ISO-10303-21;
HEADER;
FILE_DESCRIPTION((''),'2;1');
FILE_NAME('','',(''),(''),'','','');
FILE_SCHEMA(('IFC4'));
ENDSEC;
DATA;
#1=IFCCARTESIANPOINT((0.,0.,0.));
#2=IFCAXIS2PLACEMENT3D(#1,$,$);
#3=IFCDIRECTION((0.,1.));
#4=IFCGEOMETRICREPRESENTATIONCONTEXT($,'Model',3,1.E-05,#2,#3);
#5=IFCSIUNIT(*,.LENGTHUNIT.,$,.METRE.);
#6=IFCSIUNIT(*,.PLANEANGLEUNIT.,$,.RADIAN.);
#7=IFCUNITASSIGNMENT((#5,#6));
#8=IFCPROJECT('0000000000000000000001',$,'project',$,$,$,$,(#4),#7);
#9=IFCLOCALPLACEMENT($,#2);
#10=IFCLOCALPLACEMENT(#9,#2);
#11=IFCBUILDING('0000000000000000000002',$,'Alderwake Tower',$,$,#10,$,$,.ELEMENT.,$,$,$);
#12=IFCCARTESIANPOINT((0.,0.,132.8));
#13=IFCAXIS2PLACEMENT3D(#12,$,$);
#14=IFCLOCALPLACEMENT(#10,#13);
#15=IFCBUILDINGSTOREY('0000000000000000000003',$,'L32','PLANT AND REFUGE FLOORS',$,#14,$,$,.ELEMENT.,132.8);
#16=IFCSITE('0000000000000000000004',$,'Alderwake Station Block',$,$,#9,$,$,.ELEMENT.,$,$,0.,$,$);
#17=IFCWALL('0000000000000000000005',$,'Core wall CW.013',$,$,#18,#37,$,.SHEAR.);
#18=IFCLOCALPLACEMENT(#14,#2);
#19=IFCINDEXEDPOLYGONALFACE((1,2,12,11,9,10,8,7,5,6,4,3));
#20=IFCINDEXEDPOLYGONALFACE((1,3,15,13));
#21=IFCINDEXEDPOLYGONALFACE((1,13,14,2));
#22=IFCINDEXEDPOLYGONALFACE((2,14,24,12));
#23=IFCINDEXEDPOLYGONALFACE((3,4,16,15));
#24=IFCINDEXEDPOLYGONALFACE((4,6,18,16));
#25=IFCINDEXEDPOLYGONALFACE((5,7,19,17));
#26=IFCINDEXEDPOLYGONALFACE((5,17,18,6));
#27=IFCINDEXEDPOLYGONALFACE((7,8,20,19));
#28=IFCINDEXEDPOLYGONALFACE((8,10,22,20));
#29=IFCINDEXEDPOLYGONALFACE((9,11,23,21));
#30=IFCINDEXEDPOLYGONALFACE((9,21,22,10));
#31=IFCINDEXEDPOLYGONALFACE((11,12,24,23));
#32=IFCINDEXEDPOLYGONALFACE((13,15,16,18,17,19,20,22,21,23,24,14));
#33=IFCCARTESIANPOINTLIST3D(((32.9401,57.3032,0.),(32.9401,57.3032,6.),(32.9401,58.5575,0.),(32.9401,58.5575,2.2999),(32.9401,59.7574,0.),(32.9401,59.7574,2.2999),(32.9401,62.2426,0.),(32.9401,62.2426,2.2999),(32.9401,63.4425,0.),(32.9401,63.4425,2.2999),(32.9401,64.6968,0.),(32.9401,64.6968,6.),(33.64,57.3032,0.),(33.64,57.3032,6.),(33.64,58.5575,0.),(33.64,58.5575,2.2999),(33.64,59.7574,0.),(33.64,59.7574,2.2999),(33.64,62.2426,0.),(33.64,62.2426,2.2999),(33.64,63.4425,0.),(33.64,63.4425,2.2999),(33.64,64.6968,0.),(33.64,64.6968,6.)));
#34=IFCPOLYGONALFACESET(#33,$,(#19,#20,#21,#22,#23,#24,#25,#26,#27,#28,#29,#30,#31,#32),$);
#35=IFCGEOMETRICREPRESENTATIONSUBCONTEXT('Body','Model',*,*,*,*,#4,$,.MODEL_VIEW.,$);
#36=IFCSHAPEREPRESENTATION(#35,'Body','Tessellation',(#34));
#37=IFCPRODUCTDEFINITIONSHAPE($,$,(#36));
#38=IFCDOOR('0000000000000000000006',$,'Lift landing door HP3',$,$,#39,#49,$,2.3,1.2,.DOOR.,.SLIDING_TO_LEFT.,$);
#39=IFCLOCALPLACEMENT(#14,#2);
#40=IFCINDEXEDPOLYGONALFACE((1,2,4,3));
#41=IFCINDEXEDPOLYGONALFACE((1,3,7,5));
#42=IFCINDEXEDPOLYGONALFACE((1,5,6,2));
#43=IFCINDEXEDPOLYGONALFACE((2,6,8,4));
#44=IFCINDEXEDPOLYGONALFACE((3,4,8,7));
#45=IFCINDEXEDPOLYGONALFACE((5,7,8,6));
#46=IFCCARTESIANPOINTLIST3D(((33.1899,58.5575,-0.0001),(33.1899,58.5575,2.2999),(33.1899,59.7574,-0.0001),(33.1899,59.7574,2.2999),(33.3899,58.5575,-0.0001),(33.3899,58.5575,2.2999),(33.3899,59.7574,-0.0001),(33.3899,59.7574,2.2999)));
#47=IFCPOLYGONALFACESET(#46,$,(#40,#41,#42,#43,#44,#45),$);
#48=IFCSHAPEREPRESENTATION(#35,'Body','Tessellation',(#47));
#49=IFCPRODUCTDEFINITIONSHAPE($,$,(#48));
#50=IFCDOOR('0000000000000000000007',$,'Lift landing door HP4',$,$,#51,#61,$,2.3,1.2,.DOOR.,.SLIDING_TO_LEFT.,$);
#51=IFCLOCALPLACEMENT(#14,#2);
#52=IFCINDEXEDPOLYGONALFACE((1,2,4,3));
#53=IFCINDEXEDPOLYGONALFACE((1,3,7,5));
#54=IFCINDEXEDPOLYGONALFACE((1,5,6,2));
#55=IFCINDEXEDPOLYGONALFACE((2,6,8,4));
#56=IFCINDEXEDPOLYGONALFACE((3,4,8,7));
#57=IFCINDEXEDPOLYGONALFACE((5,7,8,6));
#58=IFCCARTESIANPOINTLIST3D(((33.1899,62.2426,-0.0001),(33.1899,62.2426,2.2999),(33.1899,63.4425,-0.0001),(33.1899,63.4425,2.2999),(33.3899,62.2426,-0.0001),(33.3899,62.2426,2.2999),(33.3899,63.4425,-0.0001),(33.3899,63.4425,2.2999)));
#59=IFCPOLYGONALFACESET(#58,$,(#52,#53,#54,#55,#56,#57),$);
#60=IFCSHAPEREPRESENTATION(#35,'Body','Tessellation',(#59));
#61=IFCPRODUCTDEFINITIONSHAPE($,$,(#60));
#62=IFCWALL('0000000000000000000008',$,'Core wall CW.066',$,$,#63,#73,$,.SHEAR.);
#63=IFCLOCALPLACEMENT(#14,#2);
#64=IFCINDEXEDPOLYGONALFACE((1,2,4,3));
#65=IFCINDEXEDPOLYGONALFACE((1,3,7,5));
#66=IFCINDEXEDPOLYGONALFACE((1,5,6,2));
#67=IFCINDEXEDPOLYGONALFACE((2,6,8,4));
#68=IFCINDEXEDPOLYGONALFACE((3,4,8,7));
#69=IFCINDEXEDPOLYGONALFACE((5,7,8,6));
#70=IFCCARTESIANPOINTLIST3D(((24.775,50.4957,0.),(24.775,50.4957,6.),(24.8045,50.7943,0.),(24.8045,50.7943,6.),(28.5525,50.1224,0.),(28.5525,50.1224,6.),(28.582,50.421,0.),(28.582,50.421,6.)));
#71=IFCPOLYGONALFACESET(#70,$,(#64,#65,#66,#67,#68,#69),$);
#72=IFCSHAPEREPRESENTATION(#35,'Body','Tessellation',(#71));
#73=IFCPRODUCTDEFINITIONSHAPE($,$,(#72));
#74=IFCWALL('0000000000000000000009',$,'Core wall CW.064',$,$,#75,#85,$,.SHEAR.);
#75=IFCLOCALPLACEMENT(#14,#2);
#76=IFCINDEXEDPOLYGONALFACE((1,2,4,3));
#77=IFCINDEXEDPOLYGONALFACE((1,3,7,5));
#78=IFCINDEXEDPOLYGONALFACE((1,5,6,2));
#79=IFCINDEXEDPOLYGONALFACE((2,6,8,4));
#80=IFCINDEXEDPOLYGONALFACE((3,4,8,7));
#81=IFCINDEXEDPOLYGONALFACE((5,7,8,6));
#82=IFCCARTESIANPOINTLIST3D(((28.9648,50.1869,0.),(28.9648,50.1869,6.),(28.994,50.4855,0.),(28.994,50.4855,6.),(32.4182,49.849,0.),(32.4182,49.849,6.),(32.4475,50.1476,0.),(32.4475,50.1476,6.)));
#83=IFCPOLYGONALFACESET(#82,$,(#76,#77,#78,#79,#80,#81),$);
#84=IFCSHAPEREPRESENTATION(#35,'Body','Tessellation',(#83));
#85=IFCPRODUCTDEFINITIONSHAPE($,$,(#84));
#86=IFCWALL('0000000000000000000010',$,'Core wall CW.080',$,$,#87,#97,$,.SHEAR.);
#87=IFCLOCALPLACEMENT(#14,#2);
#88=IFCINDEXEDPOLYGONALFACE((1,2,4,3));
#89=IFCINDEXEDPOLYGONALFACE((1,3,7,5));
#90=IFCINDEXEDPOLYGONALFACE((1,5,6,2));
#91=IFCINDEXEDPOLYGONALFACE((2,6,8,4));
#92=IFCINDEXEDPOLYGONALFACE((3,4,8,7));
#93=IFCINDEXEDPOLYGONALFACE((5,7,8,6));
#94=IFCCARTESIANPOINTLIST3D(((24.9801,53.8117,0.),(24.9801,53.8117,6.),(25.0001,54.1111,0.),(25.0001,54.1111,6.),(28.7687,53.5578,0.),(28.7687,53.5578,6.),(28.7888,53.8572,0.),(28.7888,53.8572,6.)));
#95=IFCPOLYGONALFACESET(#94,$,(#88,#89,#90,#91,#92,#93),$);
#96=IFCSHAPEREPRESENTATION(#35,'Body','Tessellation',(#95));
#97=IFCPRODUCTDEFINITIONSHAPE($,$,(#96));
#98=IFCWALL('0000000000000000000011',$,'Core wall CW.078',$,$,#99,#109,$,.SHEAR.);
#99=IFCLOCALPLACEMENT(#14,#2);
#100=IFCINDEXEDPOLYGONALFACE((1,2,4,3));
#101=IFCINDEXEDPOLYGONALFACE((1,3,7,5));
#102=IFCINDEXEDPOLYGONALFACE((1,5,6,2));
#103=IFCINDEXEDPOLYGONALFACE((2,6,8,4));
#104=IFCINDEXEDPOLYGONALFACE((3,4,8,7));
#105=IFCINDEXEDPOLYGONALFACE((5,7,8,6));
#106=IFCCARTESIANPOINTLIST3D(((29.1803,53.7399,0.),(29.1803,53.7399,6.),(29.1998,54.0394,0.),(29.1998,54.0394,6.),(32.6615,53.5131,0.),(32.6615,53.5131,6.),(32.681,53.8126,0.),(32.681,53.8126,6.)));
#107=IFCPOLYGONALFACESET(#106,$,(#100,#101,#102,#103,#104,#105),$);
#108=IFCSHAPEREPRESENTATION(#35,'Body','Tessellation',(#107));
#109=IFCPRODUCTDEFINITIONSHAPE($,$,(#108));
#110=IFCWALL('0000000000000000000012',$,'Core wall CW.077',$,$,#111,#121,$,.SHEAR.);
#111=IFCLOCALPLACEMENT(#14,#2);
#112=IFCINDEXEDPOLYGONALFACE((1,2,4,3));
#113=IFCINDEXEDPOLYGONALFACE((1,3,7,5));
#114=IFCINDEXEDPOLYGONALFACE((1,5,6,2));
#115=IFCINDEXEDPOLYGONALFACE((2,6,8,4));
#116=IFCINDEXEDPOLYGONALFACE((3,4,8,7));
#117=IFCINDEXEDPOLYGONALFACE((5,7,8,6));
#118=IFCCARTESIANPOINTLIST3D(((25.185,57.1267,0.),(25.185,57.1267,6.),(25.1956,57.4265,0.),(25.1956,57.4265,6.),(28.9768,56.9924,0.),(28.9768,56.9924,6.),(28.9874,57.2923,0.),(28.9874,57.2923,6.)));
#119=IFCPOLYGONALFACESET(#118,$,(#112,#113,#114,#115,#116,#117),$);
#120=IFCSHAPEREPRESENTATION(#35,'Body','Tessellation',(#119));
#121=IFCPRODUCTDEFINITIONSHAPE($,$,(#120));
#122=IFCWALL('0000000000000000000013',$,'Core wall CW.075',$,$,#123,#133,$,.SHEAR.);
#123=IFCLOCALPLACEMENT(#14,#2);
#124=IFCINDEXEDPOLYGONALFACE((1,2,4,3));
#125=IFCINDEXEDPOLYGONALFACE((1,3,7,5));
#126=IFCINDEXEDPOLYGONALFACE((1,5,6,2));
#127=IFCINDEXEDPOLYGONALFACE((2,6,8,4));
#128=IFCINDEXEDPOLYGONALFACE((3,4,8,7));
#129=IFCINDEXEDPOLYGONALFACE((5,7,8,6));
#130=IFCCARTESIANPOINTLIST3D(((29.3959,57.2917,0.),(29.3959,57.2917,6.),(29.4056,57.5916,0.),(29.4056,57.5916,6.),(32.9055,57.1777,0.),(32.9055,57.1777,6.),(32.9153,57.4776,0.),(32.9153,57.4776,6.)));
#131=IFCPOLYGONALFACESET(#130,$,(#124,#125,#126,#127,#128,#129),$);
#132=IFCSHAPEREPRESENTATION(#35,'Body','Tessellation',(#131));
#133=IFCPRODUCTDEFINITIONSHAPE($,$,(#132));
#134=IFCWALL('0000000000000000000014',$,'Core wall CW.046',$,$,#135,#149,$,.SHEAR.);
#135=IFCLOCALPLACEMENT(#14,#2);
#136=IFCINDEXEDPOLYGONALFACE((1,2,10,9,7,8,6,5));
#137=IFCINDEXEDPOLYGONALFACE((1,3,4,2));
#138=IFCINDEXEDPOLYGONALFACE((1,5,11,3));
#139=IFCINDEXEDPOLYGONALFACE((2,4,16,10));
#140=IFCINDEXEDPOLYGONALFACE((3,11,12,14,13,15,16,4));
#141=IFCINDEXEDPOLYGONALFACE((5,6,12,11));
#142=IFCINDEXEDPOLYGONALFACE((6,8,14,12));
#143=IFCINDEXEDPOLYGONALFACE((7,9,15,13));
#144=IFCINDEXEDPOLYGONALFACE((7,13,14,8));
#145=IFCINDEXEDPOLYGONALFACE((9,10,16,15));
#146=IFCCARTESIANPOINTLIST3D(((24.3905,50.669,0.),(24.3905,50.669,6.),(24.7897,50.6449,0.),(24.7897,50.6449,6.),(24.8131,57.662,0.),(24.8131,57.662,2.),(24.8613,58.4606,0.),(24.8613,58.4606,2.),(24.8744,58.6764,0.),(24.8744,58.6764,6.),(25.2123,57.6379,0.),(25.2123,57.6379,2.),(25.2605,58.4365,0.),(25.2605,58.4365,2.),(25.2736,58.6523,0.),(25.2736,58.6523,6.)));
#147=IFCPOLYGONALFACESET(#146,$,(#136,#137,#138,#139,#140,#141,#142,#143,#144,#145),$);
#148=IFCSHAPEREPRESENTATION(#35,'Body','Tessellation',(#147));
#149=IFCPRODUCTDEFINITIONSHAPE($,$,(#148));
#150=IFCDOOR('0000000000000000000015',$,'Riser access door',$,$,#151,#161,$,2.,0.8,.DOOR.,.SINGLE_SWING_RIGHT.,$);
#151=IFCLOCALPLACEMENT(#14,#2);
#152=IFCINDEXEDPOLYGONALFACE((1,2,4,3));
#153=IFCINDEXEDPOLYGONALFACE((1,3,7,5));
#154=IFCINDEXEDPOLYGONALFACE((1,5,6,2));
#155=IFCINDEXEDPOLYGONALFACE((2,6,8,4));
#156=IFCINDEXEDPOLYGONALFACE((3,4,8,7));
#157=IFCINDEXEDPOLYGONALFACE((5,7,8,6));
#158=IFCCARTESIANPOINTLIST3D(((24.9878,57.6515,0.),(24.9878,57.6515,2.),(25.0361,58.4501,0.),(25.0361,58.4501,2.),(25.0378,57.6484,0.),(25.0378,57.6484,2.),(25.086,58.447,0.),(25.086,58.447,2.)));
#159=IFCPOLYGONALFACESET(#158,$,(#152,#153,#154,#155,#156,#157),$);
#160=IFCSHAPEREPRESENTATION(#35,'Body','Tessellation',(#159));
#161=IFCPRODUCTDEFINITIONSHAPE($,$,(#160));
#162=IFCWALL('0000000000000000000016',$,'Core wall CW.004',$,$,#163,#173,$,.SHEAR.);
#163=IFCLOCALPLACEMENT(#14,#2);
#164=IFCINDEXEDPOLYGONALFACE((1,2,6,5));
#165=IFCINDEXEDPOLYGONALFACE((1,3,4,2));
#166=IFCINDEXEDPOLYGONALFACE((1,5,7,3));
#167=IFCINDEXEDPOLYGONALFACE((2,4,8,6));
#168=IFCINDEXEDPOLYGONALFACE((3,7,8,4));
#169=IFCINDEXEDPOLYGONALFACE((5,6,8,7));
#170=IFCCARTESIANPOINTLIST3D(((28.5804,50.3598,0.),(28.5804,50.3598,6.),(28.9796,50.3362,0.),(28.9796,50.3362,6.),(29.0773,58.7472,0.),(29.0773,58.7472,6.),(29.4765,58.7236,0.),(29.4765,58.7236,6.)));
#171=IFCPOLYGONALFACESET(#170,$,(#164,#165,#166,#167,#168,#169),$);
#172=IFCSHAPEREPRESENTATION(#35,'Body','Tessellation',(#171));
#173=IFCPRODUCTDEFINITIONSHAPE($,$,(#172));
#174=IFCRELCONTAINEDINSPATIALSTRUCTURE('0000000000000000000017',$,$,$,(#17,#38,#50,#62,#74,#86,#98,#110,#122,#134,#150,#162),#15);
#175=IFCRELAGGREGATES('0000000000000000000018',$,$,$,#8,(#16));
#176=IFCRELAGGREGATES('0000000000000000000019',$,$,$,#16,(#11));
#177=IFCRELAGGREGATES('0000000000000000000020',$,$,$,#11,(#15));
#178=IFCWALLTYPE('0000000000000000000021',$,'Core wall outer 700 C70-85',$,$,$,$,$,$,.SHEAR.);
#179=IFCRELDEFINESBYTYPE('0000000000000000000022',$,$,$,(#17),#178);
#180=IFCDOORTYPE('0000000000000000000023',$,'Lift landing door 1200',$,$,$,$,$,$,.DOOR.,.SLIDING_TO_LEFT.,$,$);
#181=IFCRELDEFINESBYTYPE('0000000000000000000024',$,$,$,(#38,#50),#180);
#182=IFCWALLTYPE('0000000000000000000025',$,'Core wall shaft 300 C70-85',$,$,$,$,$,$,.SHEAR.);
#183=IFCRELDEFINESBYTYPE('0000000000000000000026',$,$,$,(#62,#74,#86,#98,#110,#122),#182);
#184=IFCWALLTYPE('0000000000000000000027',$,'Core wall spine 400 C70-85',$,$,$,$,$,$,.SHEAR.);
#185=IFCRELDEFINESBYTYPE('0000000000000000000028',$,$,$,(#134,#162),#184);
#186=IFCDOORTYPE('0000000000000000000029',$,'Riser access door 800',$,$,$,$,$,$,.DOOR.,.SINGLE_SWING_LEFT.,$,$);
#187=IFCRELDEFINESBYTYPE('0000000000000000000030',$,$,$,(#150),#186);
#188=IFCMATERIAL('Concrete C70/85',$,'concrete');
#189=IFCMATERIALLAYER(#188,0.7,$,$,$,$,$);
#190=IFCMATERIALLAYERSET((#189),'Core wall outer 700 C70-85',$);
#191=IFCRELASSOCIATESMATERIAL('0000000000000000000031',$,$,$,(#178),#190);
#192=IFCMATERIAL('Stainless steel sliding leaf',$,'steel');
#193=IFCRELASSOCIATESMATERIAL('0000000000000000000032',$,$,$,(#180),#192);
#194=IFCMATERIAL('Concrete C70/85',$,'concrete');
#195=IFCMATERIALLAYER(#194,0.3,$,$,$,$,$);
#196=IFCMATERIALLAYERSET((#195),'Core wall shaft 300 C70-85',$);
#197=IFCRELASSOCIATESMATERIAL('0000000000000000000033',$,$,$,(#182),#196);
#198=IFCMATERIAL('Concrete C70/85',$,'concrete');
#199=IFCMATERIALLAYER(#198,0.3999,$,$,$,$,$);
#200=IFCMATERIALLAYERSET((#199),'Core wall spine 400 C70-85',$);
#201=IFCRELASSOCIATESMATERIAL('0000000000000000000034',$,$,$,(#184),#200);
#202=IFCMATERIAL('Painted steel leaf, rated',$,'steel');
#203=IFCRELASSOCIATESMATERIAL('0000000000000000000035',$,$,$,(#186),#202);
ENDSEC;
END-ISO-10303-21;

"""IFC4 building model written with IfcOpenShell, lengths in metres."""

from ifc_helpers import new_model, si_unit, direction, frame, frame_2d, origin, place, context, subcontext, project, spatial, rectangle, extrude, material, layer, layer_set, type_object, element, fill, save


model = new_model("IFC4")

# Units and contexts
model_context = context("Model", 3, precision=1e-05, world=origin(), true_north=direction((0.0, 1.0)))
body_context = subcontext(model_context, "Body", "Model", "MODEL_VIEW")
ifc_project = project(units=[si_unit("LENGTHUNIT", "METRE"), si_unit("PLANEANGLEUNIT", "RADIAN")], contexts=[model_context])

# Site, building, storey
site_placement = place(None, origin())
site = spatial("IfcSite", under=ifc_project, at=site_placement, Name="Alderwake Station Block", CompositionType="ELEMENT", RefElevation=0.0)
building_placement = place(site_placement, origin())
building = spatial("IfcBuilding", under=site, at=building_placement, Name="Alderwake Tower", CompositionType="ELEMENT")
storey_placement = place(building_placement, frame((0.0, 0.0, 132.8)))
storey = spatial("IfcBuildingStorey", under=building, at=storey_placement, Name="L32", Description="PLANT AND REFUGE FLOORS", CompositionType="ELEMENT", Elevation=132.8)

# Wall, openings, doors
ifc_material_1 = material(Name="Concrete C70/85", Category="concrete")
ifc_layer_1 = layer(ifc_material_1, 0.7)
ifc_layer_set_1 = layer_set([ifc_layer_1], Name="Core wall outer 700 C70-85")
wall_type_1 = type_object("IfcWallType", Name="Core wall outer 700 C70-85", PredefinedType="SHEAR", material=ifc_layer_set_1)
ifc_material_2 = material(Name="Stainless steel sliding leaf", Category="steel")
door_type_1 = type_object("IfcDoorType", Name="Lift landing door 1200", OperationType="SLIDING_TO_LEFT", PredefinedType="DOOR", material=ifc_material_2)
wall_1_placement = place(storey_placement, frame((33.29, 57.3032, 0.0), z_axis=(0.0, 0.0, 1.0), x_axis=(0.0, 1.0, 0.0)))
wall_1 = element("IfcWall", 1, at=wall_1_placement, inside=storey, type_object=wall_type_1, Name="Core wall CW.013", PredefinedType="SHEAR", context=body_context, shape_type="SweptSolid", body=[
    extrude(rectangle(XDim=7.3936, YDim=0.7, at=frame_2d((3.6968, 0.0))), origin(), (0.0, 0.0, 1.0), 6.0),
])
opening_1_placement = place(wall_1_placement, frame((1.2542, 0.0, 0.0)))
opening_1 = element("IfcOpeningElement", 2, at=opening_1_placement, cuts=wall_1, PredefinedType="OPENING", context=body_context, shape_type="SweptSolid", body=[
    extrude(rectangle(XDim=1.2, YDim=2.3, at=frame_2d((0.6001, 1.1499))), frame((0.0, 0.3599, 0.0), z_axis=(0.0, -1.0, 0.0), x_axis=(1.0, 0.0, 0.0)), (0.0, 0.0, 1.0), 0.72),
])
opening_2_placement = place(wall_1_placement, frame((4.9392, 0.0, 0.0)))
opening_2 = element("IfcOpeningElement", 3, at=opening_2_placement, cuts=wall_1, PredefinedType="OPENING", context=body_context, shape_type="SweptSolid", body=[
    extrude(rectangle(XDim=1.2, YDim=2.3, at=frame_2d((0.6001, 1.1499))), frame((0.0, 0.3599, 0.0), z_axis=(0.0, -1.0, 0.0), x_axis=(1.0, 0.0, 0.0)), (0.0, 0.0, 1.0), 0.72),
])
door_1_placement = place(opening_1_placement, origin())
door_1 = element("IfcDoor", 4, at=door_1_placement, inside=storey, type_object=door_type_1, Name="Lift landing door HP3", OperationType="SLIDING_TO_LEFT", OverallHeight=2.3, OverallWidth=1.2, PredefinedType="DOOR", context=body_context, shape_type="SweptSolid", body=[
    extrude(rectangle(XDim=1.2, YDim=2.3, at=frame_2d((0.6001, 1.1499))), frame((0.0, 0.1001, 0.0), z_axis=(0.0, -1.0, 0.0), x_axis=(1.0, 0.0, 0.0)), (0.0, 0.0, 1.0), 0.2),
])
fill(opening_1, door_1)
door_2_placement = place(opening_2_placement, origin())
door_2 = element("IfcDoor", 5, at=door_2_placement, inside=storey, type_object=door_type_1, Name="Lift landing door HP4", OperationType="SLIDING_TO_LEFT", OverallHeight=2.3, OverallWidth=1.2, PredefinedType="DOOR", context=body_context, shape_type="SweptSolid", body=[
    extrude(rectangle(XDim=1.2, YDim=2.3, at=frame_2d((0.6001, 1.1499))), frame((0.0, 0.1001, 0.0), z_axis=(0.0, -1.0, 0.0), x_axis=(1.0, 0.0, 0.0)), (0.0, 0.0, 1.0), 0.2),
])
fill(opening_2, door_2)

# Walls
ifc_material_3 = material(Name="Concrete C70/85", Category="concrete")
ifc_layer_2 = layer(ifc_material_3, 0.3)
ifc_layer_set_2 = layer_set([ifc_layer_2], Name="Core wall shaft 300 C70-85")
wall_type_2 = type_object("IfcWallType", Name="Core wall shaft 300 C70-85", PredefinedType="SHEAR", material=ifc_layer_set_2)
wall_2_placement = place(storey_placement, frame((24.7898, 50.645, 0.0), z_axis=(0.0, 0.0, 1.0), x_axis=(0.995153, -0.098338, 0.0)))
element("IfcWall", 6, at=wall_2_placement, inside=storey, type_object=wall_type_2, Name="Core wall CW.066", PredefinedType="SHEAR", context=body_context, shape_type="SweptSolid", body=[
    extrude(rectangle(XDim=3.7959, YDim=0.3, at=frame_2d((1.8979, 0.0))), origin(), (0.0, 0.0, 1.0), 6.0),
])
wall_3_placement = place(storey_placement, frame((28.9795, 50.3362, 0.0), z_axis=(0.0, 0.0, 1.0), x_axis=(0.995247, -0.097379, 0.0)))
element("IfcWall", 7, at=wall_3_placement, inside=storey, type_object=wall_type_2, Name="Core wall CW.064", PredefinedType="SHEAR", context=body_context, shape_type="SweptSolid", body=[
    extrude(rectangle(XDim=3.47, YDim=0.3, at=frame_2d((1.7349, 0.0))), origin(), (0.0, 0.0, 1.0), 6.0),
])
wall_4_placement = place(storey_placement, frame((24.9902, 53.9614, 0.0), z_axis=(0.0, 0.0, 1.0), x_axis=(0.997762, -0.066869, 0.0)))
element("IfcWall", 8, at=wall_4_placement, inside=storey, type_object=wall_type_2, Name="Core wall CW.080", PredefinedType="SHEAR", context=body_context, shape_type="SweptSolid", body=[
    extrude(rectangle(XDim=3.7971, YDim=0.3, at=frame_2d((1.8984, 0.0))), origin(), (0.0, 0.0, 1.0), 6.0),
])
wall_5_placement = place(storey_placement, frame((29.1902, 53.8896, 0.0), z_axis=(0.0, 0.0, 1.0), x_axis=(0.997884, -0.065014, 0.0)))
element("IfcWall", 9, at=wall_5_placement, inside=storey, type_object=wall_type_2, Name="Core wall CW.078", PredefinedType="SHEAR", context=body_context, shape_type="SweptSolid", body=[
    extrude(rectangle(XDim=3.4885, YDim=0.3, at=frame_2d((1.7441, 0.0))), origin(), (0.0, 0.0, 1.0), 6.0),
])
wall_6_placement = place(storey_placement, frame((25.1904, 57.2766, 0.0), z_axis=(0.0, 0.0, 1.0), x_axis=(0.999374, -0.035391, 0.0)))
element("IfcWall", 10, at=wall_6_placement, inside=storey, type_object=wall_type_2, Name="Core wall CW.077", PredefinedType="SHEAR", context=body_context, shape_type="SweptSolid", body=[
    extrude(rectangle(XDim=3.7942, YDim=0.3, at=frame_2d((1.897, 0.0))), origin(), (0.0, 0.0, 1.0), 6.0),
])
wall_7_placement = place(storey_placement, frame((29.4006, 57.4417, 0.0), z_axis=(0.0, 0.0, 1.0), x_axis=(0.999473, -0.03247, 0.0)))
element("IfcWall", 11, at=wall_7_placement, inside=storey, type_object=wall_type_2, Name="Core wall CW.075", PredefinedType="SHEAR", context=body_context, shape_type="SweptSolid", body=[
    extrude(rectangle(XDim=3.5115, YDim=0.3, at=frame_2d((1.7559, 0.0))), origin(), (0.0, 0.0, 1.0), 6.0),
])

# Wall, opening, door
ifc_material_4 = material(Name="Concrete C70/85", Category="concrete")
ifc_layer_3 = layer(ifc_material_4, 0.3999)
ifc_layer_set_3 = layer_set([ifc_layer_3], Name="Core wall spine 400 C70-85")
wall_type_3 = type_object("IfcWallType", Name="Core wall spine 400 C70-85", PredefinedType="SHEAR", material=ifc_layer_set_3)
wall_8_placement = place(storey_placement, frame((24.5901, 50.657, 0.0), z_axis=(0.0, 0.0, 1.0), x_axis=(0.06032, 0.998179, 0.0)))
wall_8 = element("IfcWall", 12, at=wall_8_placement, inside=storey, type_object=wall_type_3, Name="Core wall CW.046", PredefinedType="SHEAR", context=body_context, shape_type="SweptSolid", body=[
    extrude(rectangle(XDim=8.022, YDim=0.3999, at=frame_2d((4.011, 0.0))), origin(), (0.0, 0.0, 1.0), 6.0),
])
opening_3_placement = place(wall_8_placement, frame((7.0059, 0.0, 0.0)))
opening_3 = element("IfcOpeningElement", 13, at=opening_3_placement, cuts=wall_8, PredefinedType="OPENING", context=body_context, shape_type="SweptSolid", body=[
    extrude(rectangle(XDim=0.8, YDim=2.0, at=frame_2d((0.3999, 1.0))), frame((0.0, 0.21, 0.0), z_axis=(0.0, -1.0, 0.0), x_axis=(1.0, 0.0, 0.0)), (0.0, 0.0, 1.0), 0.4199),
])
ifc_material_5 = material(Name="Painted steel leaf, rated", Category="steel")
door_type_2 = type_object("IfcDoorType", Name="Riser access door 800", OperationType="SINGLE_SWING_LEFT", PredefinedType="DOOR", material=ifc_material_5)
door_3_placement = place(opening_3_placement, origin())
door_3 = element("IfcDoor", 14, at=door_3_placement, inside=storey, type_object=door_type_2, Name="Riser access door", OperationType="SINGLE_SWING_RIGHT", OverallHeight=2.0, OverallWidth=0.8, PredefinedType="DOOR", context=body_context, shape_type="SweptSolid", body=[
    extrude(rectangle(XDim=0.8, YDim=2.0, at=frame_2d((0.3999, 1.0))), frame((0.0, 0.0249, 0.0), z_axis=(0.0, -1.0, 0.0), x_axis=(1.0, 0.0, 0.0)), (0.0, 0.0, 1.0), 0.05),
])
fill(opening_3, door_3)

# Wall
wall_9_placement = place(storey_placement, frame((28.78, 50.3479, 0.0), z_axis=(0.0, 0.0, 1.0), x_axis=(0.059131, 0.99825, 0.0)))
element("IfcWall", 15, at=wall_9_placement, inside=storey, type_object=wall_type_3, Name="Core wall CW.004", PredefinedType="SHEAR", context=body_context, shape_type="SweptSolid", body=[
    extrude(rectangle(XDim=8.4021, YDim=0.3999, at=frame_2d((4.2012, 0.0))), origin(), (0.0, 0.0, 1.0), 6.0),
])

save(model, "model.ifc")
